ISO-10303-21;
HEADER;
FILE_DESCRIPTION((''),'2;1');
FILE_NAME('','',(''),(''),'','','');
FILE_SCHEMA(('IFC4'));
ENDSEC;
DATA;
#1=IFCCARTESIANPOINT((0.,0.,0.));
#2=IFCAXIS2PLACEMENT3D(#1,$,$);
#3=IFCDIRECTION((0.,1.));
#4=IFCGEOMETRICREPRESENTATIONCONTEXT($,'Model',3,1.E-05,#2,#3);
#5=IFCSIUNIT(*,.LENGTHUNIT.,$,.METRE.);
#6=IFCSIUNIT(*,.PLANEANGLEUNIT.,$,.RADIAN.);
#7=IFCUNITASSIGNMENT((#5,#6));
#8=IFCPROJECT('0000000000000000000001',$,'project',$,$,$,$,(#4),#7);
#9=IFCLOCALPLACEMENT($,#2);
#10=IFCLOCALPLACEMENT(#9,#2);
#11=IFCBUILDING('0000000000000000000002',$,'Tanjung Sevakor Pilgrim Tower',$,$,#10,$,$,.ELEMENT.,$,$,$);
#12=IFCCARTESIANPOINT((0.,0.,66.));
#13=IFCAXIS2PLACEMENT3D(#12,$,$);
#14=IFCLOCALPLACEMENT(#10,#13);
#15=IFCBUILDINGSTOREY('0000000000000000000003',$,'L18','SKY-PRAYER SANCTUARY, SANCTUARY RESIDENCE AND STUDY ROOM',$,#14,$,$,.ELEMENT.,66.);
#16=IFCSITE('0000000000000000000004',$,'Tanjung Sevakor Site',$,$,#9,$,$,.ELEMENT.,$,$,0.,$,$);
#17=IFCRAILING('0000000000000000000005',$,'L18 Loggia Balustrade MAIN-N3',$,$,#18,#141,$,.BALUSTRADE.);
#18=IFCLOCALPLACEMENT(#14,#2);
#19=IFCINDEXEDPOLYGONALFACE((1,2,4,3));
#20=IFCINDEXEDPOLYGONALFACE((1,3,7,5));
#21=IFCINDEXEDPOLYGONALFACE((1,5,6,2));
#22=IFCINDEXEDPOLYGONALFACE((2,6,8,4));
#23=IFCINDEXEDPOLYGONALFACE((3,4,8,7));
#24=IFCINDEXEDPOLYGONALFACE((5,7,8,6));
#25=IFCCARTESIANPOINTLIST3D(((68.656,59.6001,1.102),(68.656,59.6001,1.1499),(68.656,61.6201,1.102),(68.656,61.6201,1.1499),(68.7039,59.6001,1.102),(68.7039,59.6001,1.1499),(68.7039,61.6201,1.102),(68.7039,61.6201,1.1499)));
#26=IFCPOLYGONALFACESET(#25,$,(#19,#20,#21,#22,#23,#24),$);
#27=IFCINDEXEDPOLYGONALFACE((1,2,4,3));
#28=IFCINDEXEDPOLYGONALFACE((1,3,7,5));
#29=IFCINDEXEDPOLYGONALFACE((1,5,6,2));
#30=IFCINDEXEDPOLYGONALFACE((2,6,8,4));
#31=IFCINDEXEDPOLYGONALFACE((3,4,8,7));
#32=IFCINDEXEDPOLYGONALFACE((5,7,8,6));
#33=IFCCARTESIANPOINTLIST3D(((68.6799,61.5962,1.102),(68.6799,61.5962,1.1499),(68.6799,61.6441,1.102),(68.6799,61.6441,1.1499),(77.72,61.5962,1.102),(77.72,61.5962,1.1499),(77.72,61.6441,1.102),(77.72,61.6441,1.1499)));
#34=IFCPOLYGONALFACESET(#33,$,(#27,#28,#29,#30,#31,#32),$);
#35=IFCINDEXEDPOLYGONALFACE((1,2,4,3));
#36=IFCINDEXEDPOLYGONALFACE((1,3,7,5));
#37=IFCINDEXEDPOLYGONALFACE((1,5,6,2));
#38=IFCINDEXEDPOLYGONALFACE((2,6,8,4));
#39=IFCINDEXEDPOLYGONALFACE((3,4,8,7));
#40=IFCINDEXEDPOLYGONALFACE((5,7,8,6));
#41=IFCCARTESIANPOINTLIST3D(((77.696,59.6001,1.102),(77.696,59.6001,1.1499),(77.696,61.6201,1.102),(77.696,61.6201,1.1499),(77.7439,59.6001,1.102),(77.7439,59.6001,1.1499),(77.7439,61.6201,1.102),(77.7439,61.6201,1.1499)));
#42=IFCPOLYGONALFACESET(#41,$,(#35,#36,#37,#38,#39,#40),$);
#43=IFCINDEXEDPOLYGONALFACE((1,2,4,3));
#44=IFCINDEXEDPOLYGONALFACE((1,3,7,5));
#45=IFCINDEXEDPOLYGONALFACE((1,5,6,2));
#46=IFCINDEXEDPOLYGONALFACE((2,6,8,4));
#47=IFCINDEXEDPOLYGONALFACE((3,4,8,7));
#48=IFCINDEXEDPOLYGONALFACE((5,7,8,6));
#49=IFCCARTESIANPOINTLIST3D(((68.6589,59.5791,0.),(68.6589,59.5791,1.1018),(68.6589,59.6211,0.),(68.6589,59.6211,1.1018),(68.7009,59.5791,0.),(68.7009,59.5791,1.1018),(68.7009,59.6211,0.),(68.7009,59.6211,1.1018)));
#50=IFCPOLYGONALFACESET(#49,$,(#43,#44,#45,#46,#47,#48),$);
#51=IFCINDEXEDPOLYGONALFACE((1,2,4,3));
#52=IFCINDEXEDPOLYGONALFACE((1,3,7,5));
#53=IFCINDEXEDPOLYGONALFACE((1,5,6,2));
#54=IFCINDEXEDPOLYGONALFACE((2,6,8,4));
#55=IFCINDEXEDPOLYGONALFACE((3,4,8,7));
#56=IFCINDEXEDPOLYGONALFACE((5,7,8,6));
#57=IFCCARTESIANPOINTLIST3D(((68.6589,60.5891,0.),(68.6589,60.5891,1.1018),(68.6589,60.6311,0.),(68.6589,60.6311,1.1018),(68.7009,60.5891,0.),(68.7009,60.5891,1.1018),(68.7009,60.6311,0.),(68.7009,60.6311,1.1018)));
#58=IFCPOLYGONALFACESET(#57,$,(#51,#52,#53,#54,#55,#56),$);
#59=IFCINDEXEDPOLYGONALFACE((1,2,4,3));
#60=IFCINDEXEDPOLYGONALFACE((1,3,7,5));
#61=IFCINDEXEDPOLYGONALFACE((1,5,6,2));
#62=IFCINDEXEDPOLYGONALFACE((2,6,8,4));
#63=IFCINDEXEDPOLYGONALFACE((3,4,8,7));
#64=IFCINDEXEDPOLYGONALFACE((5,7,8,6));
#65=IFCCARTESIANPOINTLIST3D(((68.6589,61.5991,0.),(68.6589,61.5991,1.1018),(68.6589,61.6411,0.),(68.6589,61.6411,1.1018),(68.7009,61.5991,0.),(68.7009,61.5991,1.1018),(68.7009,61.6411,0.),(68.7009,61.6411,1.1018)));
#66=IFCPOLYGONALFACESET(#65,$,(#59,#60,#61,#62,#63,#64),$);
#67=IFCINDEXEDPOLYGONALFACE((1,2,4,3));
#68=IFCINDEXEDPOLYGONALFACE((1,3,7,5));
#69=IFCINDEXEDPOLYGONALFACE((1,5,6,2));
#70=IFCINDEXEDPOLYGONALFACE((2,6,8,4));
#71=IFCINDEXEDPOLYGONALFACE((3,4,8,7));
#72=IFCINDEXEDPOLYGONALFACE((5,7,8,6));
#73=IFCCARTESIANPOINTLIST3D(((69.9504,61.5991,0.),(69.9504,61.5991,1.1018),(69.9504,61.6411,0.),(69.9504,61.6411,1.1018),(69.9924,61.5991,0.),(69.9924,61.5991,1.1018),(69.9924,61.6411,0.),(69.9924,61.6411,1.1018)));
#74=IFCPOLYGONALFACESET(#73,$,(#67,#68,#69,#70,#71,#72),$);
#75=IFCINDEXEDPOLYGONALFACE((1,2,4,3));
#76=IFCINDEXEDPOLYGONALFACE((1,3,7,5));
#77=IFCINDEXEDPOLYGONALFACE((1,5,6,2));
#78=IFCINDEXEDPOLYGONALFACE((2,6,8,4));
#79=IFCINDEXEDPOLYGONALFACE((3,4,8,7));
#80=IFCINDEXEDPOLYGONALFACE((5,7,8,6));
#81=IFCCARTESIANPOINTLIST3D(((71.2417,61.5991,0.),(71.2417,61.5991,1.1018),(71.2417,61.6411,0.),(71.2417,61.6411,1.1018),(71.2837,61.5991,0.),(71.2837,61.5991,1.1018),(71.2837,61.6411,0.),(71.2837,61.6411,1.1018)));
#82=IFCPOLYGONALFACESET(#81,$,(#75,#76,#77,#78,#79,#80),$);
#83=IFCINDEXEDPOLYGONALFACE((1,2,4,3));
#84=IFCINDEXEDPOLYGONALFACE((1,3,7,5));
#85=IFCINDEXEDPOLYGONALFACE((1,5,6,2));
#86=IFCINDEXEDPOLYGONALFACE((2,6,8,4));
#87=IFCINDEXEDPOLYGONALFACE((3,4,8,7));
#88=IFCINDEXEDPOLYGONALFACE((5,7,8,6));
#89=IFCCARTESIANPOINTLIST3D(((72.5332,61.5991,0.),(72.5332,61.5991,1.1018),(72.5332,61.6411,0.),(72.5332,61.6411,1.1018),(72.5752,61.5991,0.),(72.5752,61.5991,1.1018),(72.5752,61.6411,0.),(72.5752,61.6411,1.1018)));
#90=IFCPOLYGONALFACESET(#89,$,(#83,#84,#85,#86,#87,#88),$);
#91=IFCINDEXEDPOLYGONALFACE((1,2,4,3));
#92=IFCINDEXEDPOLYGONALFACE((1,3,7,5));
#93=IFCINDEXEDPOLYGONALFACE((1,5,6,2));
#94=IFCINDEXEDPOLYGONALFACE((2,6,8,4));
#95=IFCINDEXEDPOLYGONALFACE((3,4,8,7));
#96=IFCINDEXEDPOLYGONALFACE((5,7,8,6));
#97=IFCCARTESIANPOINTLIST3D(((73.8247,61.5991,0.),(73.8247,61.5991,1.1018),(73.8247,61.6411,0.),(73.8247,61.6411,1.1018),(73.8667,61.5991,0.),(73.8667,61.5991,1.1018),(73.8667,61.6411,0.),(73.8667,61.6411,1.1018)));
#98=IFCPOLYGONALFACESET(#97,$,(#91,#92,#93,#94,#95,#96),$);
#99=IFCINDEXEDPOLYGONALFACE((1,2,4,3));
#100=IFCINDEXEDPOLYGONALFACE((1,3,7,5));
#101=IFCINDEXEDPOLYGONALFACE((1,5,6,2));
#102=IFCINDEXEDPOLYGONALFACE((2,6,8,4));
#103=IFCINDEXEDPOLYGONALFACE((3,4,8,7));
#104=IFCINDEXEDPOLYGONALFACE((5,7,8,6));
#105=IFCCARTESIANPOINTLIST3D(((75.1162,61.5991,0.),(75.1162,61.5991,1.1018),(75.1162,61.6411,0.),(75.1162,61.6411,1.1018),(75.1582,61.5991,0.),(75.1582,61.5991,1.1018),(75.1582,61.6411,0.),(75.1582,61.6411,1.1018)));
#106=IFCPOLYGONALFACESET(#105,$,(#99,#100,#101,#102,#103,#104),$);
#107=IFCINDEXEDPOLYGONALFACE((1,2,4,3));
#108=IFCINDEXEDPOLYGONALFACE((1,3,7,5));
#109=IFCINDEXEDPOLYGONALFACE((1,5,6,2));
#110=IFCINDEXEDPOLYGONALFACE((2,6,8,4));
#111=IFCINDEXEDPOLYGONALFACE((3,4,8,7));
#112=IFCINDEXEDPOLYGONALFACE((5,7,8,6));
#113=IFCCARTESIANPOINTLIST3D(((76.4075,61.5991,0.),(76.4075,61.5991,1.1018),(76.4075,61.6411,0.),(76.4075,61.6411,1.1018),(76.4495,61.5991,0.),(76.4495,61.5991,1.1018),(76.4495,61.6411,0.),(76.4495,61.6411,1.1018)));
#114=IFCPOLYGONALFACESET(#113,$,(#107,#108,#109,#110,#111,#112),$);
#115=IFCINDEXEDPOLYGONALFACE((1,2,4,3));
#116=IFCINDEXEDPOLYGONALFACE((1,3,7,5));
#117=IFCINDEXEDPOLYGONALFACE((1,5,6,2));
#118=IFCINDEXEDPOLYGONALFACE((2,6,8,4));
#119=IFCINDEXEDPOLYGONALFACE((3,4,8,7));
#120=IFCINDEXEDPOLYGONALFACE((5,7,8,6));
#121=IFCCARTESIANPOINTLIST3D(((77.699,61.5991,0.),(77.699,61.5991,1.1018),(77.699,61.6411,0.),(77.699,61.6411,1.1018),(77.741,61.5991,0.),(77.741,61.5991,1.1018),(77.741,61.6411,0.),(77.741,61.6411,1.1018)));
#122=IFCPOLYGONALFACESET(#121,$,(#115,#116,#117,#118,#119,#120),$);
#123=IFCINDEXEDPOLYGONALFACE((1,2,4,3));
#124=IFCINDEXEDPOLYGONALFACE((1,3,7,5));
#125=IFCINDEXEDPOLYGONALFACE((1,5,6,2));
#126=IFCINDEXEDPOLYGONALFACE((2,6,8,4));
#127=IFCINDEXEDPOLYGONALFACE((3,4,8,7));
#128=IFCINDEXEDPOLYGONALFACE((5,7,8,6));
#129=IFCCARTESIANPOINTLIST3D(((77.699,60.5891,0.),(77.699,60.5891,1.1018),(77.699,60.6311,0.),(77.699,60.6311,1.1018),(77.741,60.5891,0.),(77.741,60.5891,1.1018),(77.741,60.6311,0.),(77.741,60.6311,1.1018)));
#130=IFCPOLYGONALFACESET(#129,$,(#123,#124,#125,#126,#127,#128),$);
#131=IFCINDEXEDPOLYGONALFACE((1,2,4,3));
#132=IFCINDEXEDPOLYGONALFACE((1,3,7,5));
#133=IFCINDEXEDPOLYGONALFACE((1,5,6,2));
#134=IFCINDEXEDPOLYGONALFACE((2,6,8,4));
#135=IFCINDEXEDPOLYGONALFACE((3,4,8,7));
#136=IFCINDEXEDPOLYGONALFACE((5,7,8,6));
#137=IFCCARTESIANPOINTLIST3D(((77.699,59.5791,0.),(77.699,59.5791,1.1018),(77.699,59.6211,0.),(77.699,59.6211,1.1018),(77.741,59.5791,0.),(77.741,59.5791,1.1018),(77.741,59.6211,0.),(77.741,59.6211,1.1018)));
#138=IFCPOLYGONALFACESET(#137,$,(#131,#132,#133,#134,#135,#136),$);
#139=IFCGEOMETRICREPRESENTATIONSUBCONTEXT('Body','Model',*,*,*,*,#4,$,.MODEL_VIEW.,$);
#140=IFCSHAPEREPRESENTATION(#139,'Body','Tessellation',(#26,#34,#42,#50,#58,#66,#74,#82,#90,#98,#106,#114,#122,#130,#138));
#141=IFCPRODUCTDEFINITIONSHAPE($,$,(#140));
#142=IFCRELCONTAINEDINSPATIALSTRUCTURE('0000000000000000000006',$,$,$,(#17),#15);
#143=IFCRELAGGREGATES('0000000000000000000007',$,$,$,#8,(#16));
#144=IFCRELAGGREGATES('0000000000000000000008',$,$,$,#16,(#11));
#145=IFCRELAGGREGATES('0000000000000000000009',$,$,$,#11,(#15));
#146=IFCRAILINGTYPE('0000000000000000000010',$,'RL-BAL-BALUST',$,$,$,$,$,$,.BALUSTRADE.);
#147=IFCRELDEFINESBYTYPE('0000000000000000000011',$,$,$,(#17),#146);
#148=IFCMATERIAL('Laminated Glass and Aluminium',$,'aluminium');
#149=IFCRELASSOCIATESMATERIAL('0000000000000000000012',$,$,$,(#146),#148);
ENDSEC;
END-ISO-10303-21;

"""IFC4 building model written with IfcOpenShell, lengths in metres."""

from ifc_helpers import new_model, si_unit, direction, frame, origin, place, context, subcontext, project, spatial, rectangle, extrude, material, type_object, element, save


model = new_model("IFC4")

# Units and contexts
model_context = context("Model", 3, precision=1e-05, world=origin(), true_north=direction((0.0, 1.0)))
body_context = subcontext(model_context, "Body", "Model", "MODEL_VIEW")
ifc_project = project(units=[si_unit("LENGTHUNIT", "METRE"), si_unit("PLANEANGLEUNIT", "RADIAN")], contexts=[model_context])

# Site, building, storey
site_placement = place(None, origin())
site = spatial("IfcSite", under=ifc_project, at=site_placement, Name="Tanjung Sevakor Site", CompositionType="ELEMENT", RefElevation=0.0)
building_placement = place(site_placement, origin())
building = spatial("IfcBuilding", under=site, at=building_placement, Name="Tanjung Sevakor Pilgrim Tower", CompositionType="ELEMENT")
storey_placement = place(building_placement, frame((0.0, 0.0, 66.0)))
storey = spatial("IfcBuildingStorey", under=building, at=storey_placement, Name="L18", Description="SKY-PRAYER SANCTUARY, SANCTUARY RESIDENCE AND STUDY ROOM", CompositionType="ELEMENT", Elevation=66.0)

# Railing
ifc_material_1 = material(Name="Laminated Glass and Aluminium", Category="aluminium")
railing_type_1 = type_object("IfcRailingType", Name="RL-BAL-BALUST", PredefinedType="BALUSTRADE", material=ifc_material_1)
railing_1_placement = place(storey_placement, frame((68.6799, 59.6001, 0.0)))
element("IfcRailing", 1, at=railing_1_placement, inside=storey, type_object=railing_type_1, Name="L18 Loggia Balustrade MAIN-N3", PredefinedType="BALUSTRADE", context=body_context, shape_type="SweptSolid", body=[
    extrude(rectangle(XDim=0.0479, YDim=0.0479), frame((0.0, 0.0, 1.126), z_axis=(0.0, 1.0, 0.0), x_axis=(-1.0, 0.0, 0.0)), (0.0, 0.0, 1.0), 2.02),
    extrude(rectangle(XDim=0.0479, YDim=0.0479), frame((0.0, 2.02, 1.126), z_axis=(1.0, 0.0, 0.0), x_axis=(0.0, 1.0, 0.0)), (0.0, 0.0, 1.0), 9.04),
    extrude(rectangle(XDim=0.0479, YDim=0.0479), frame((9.04, 2.02, 1.126), z_axis=(0.0, -1.0, 0.0), x_axis=(1.0, 0.0, 0.0)), (0.0, 0.0, 1.0), 2.02),
    extrude(rectangle(XDim=0.042, YDim=0.042), origin(), (0.0, 0.0, 1.0), 1.1018),
    extrude(rectangle(XDim=0.042, YDim=0.042), frame((0.0, 1.01, 0.0)), (0.0, 0.0, 1.0), 1.1018),
    extrude(rectangle(XDim=0.042, YDim=0.042), frame((0.0, 2.02, 0.0)), (0.0, 0.0, 1.0), 1.1018),
    extrude(rectangle(XDim=0.042, YDim=0.042), frame((1.2915, 2.02, 0.0)), (0.0, 0.0, 1.0), 1.1018),
    extrude(rectangle(XDim=0.042, YDim=0.042), frame((2.5828, 2.02, 0.0)), (0.0, 0.0, 1.0), 1.1018),
    extrude(rectangle(XDim=0.042, YDim=0.042), frame((3.8743, 2.02, 0.0)), (0.0, 0.0, 1.0), 1.1018),
    extrude(rectangle(XDim=0.042, YDim=0.042), frame((5.1658, 2.02, 0.0)), (0.0, 0.0, 1.0), 1.1018),
    extrude(rectangle(XDim=0.042, YDim=0.042), frame((6.4573, 2.02, 0.0)), (0.0, 0.0, 1.0), 1.1018),
    extrude(rectangle(XDim=0.042, YDim=0.042), frame((7.7485, 2.02, 0.0)), (0.0, 0.0, 1.0), 1.1018),
    extrude(rectangle(XDim=0.042, YDim=0.042), frame((9.04, 2.02, 0.0)), (0.0, 0.0, 1.0), 1.1018),
    extrude(rectangle(XDim=0.042, YDim=0.042), frame((9.04, 1.01, 0.0)), (0.0, 0.0, 1.0), 1.1018),
    extrude(rectangle(XDim=0.042, YDim=0.042), frame((9.04, 0.0, 0.0)), (0.0, 0.0, 1.0), 1.1018),
])

save(model, "model.ifc")
